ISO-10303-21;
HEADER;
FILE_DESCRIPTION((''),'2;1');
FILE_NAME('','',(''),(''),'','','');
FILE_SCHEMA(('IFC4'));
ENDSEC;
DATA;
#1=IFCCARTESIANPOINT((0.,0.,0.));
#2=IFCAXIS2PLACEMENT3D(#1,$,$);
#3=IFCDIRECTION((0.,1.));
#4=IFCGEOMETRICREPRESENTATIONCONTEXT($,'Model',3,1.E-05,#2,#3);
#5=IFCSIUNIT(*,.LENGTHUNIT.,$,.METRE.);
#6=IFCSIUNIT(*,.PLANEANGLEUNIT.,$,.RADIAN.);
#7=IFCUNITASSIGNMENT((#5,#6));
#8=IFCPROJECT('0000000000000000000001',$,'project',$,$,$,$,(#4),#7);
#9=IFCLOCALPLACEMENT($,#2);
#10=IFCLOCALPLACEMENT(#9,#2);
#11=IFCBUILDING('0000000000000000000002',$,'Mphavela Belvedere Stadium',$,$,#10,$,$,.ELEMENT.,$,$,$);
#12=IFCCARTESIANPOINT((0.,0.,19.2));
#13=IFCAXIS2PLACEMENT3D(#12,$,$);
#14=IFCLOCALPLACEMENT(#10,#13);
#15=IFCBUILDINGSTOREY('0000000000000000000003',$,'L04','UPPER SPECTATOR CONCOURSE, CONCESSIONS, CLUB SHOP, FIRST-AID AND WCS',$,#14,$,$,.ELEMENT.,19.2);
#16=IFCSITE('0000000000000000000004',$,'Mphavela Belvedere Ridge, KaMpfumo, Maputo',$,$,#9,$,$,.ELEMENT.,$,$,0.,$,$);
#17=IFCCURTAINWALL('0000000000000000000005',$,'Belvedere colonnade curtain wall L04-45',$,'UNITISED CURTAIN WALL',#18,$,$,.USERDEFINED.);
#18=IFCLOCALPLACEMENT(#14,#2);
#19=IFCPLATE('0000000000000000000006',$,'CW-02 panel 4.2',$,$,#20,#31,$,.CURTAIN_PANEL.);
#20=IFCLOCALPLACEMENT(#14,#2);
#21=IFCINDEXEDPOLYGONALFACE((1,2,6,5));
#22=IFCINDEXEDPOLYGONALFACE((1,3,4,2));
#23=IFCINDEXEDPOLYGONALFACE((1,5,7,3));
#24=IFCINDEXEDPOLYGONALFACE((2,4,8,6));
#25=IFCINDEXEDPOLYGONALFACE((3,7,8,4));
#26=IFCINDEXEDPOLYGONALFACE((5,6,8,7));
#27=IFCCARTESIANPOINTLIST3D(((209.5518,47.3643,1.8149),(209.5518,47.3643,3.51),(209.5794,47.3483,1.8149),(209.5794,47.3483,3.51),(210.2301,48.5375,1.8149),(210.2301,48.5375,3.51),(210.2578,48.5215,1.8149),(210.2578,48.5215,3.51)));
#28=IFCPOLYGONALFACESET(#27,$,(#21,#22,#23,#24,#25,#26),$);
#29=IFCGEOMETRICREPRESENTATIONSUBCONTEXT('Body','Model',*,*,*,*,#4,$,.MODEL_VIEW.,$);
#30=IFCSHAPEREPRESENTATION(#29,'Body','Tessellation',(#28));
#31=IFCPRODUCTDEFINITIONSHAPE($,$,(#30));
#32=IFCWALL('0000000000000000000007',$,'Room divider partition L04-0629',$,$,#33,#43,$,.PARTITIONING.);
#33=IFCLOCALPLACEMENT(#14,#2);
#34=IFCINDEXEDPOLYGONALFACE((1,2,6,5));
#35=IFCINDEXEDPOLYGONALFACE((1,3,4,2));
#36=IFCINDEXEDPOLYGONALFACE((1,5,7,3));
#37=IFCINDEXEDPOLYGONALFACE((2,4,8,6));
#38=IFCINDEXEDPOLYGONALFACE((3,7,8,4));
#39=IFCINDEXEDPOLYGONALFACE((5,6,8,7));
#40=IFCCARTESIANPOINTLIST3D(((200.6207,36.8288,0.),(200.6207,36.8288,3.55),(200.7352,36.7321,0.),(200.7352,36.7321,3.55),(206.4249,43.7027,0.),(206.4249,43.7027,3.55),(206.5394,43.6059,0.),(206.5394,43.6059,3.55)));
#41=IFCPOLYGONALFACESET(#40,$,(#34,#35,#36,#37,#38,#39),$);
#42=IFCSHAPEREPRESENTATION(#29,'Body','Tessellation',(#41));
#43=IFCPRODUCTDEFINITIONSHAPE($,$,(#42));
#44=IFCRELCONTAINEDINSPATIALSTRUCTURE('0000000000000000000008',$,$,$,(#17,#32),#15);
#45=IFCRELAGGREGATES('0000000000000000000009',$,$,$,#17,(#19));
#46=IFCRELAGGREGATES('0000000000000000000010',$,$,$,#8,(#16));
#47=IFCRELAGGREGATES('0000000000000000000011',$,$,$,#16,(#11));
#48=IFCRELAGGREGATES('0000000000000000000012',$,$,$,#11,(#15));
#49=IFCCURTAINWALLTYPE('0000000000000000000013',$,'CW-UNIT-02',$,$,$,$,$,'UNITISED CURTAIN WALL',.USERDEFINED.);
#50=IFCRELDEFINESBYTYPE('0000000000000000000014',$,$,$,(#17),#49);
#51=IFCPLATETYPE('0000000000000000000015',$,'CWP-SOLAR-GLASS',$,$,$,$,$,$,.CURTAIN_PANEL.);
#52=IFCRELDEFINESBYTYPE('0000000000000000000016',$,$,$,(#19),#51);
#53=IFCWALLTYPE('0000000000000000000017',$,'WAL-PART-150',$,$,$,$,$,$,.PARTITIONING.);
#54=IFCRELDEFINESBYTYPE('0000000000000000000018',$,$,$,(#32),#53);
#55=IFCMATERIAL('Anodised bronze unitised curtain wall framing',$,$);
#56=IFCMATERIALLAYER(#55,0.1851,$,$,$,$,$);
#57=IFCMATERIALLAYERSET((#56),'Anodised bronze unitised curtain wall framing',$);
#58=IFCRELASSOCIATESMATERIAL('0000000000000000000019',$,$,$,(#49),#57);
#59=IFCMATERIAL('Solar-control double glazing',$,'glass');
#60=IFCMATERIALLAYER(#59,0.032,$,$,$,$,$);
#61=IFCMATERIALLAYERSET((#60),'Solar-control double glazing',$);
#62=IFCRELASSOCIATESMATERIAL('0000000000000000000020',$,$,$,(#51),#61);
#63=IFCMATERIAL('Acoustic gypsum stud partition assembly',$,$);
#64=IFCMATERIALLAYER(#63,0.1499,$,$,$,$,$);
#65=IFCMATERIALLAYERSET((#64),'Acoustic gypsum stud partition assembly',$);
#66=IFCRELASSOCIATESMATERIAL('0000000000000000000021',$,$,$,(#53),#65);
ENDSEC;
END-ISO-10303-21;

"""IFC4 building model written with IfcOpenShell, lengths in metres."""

from ifc_helpers import new_model, si_unit, direction, frame, frame_2d, origin, origin_2d, place, context, subcontext, project, spatial, rectangle, extrude, material, layer, layer_set, type_object, element, aggregate, save


model = new_model("IFC4")

# Units and contexts
model_context = context("Model", 3, precision=1e-05, world=origin(), true_north=direction((0.0, 1.0)))
body_context = subcontext(model_context, "Body", "Model", "MODEL_VIEW")
ifc_project = project(units=[si_unit("LENGTHUNIT", "METRE"), si_unit("PLANEANGLEUNIT", "RADIAN")], contexts=[model_context])

# Site, building, storey
site_placement = place(None, origin())
site = spatial("IfcSite", under=ifc_project, at=site_placement, Name="Mphavela Belvedere Ridge, KaMpfumo, Maputo", CompositionType="ELEMENT", RefElevation=0.0)
building_placement = place(site_placement, origin())
building = spatial("IfcBuilding", under=site, at=building_placement, Name="Mphavela Belvedere Stadium", CompositionType="ELEMENT")
storey_placement = place(building_placement, frame((0.0, 0.0, 19.2)))
storey = spatial("IfcBuildingStorey", under=building, at=storey_placement, Name="L04", Description="UPPER SPECTATOR CONCOURSE, CONCESSIONS, CLUB SHOP, FIRST-AID AND WCS", CompositionType="ELEMENT", Elevation=19.2)

# Curtain wall, plate
ifc_material_1 = material(Name="Anodised bronze unitised curtain wall framing")
ifc_layer_1 = layer(ifc_material_1, 0.1851)
ifc_layer_set_1 = layer_set([ifc_layer_1], Name="Anodised bronze unitised curtain wall framing")
curtain_wall_type = type_object("IfcCurtainWallType", Name="CW-UNIT-02", ElementType="UNITISED CURTAIN WALL", PredefinedType="USERDEFINED", material=ifc_layer_set_1)
curtain_wall_placement = place(storey_placement, origin())
curtain_wall = element("IfcCurtainWall", 1, at=curtain_wall_placement, inside=storey, type_object=curtain_wall_type, Name="Belvedere colonnade curtain wall L04-45", ObjectType="UNITISED CURTAIN WALL", PredefinedType="USERDEFINED")
ifc_material_2 = material(Name="Solar-control double glazing", Category="glass")
ifc_layer_2 = layer(ifc_material_2, 0.032)
ifc_layer_set_2 = layer_set([ifc_layer_2], Name="Solar-control double glazing")
plate_type = type_object("IfcPlateType", Name="CWP-SOLAR-GLASS", PredefinedType="CURTAIN_PANEL", material=ifc_layer_set_2)
plate_1_placement = place(storey_placement, frame((209.9048, 47.9429, 1.8149), z_axis=(0.0, 0.0, 1.0), x_axis=(0.500556, 0.865704, 0.0)))
plate_1 = element("IfcPlate", 2, at=plate_1_placement, type_object=plate_type, Name="CW-02 panel 4.2", PredefinedType="CURTAIN_PANEL", context=body_context, shape_type="SweptSolid", body=[
    extrude(rectangle(XDim=1.3552, YDim=0.032, at=origin_2d()), origin(), (0.0, 0.0, 1.0), 1.6951),
])
aggregate(curtain_wall, [plate_1])

# Wall
ifc_material_3 = material(Name="Acoustic gypsum stud partition assembly")
ifc_layer_3 = layer(ifc_material_3, 0.1499)
ifc_layer_set_3 = layer_set([ifc_layer_3], Name="Acoustic gypsum stud partition assembly")
wall_type = type_object("IfcWallType", Name="WAL-PART-150", PredefinedType="PARTITIONING", material=ifc_layer_set_3)
wall_placement = place(storey_placement, frame((206.4822, 43.6543, 0.0), z_axis=(0.0, 0.0, 1.0), x_axis=(-0.64516, -0.764048, 0.0)))
element("IfcWall", 3, at=wall_placement, inside=storey, type_object=wall_type, Name="Room divider partition L04-0629", PredefinedType="PARTITIONING", context=body_context, shape_type="SweptSolid", body=[
    extrude(rectangle(XDim=8.9966, YDim=0.1499, at=frame_2d((4.4983, 0.0))), origin(), (0.0, 0.0, 1.0), 3.55),
])

save(model, "model.ifc")
